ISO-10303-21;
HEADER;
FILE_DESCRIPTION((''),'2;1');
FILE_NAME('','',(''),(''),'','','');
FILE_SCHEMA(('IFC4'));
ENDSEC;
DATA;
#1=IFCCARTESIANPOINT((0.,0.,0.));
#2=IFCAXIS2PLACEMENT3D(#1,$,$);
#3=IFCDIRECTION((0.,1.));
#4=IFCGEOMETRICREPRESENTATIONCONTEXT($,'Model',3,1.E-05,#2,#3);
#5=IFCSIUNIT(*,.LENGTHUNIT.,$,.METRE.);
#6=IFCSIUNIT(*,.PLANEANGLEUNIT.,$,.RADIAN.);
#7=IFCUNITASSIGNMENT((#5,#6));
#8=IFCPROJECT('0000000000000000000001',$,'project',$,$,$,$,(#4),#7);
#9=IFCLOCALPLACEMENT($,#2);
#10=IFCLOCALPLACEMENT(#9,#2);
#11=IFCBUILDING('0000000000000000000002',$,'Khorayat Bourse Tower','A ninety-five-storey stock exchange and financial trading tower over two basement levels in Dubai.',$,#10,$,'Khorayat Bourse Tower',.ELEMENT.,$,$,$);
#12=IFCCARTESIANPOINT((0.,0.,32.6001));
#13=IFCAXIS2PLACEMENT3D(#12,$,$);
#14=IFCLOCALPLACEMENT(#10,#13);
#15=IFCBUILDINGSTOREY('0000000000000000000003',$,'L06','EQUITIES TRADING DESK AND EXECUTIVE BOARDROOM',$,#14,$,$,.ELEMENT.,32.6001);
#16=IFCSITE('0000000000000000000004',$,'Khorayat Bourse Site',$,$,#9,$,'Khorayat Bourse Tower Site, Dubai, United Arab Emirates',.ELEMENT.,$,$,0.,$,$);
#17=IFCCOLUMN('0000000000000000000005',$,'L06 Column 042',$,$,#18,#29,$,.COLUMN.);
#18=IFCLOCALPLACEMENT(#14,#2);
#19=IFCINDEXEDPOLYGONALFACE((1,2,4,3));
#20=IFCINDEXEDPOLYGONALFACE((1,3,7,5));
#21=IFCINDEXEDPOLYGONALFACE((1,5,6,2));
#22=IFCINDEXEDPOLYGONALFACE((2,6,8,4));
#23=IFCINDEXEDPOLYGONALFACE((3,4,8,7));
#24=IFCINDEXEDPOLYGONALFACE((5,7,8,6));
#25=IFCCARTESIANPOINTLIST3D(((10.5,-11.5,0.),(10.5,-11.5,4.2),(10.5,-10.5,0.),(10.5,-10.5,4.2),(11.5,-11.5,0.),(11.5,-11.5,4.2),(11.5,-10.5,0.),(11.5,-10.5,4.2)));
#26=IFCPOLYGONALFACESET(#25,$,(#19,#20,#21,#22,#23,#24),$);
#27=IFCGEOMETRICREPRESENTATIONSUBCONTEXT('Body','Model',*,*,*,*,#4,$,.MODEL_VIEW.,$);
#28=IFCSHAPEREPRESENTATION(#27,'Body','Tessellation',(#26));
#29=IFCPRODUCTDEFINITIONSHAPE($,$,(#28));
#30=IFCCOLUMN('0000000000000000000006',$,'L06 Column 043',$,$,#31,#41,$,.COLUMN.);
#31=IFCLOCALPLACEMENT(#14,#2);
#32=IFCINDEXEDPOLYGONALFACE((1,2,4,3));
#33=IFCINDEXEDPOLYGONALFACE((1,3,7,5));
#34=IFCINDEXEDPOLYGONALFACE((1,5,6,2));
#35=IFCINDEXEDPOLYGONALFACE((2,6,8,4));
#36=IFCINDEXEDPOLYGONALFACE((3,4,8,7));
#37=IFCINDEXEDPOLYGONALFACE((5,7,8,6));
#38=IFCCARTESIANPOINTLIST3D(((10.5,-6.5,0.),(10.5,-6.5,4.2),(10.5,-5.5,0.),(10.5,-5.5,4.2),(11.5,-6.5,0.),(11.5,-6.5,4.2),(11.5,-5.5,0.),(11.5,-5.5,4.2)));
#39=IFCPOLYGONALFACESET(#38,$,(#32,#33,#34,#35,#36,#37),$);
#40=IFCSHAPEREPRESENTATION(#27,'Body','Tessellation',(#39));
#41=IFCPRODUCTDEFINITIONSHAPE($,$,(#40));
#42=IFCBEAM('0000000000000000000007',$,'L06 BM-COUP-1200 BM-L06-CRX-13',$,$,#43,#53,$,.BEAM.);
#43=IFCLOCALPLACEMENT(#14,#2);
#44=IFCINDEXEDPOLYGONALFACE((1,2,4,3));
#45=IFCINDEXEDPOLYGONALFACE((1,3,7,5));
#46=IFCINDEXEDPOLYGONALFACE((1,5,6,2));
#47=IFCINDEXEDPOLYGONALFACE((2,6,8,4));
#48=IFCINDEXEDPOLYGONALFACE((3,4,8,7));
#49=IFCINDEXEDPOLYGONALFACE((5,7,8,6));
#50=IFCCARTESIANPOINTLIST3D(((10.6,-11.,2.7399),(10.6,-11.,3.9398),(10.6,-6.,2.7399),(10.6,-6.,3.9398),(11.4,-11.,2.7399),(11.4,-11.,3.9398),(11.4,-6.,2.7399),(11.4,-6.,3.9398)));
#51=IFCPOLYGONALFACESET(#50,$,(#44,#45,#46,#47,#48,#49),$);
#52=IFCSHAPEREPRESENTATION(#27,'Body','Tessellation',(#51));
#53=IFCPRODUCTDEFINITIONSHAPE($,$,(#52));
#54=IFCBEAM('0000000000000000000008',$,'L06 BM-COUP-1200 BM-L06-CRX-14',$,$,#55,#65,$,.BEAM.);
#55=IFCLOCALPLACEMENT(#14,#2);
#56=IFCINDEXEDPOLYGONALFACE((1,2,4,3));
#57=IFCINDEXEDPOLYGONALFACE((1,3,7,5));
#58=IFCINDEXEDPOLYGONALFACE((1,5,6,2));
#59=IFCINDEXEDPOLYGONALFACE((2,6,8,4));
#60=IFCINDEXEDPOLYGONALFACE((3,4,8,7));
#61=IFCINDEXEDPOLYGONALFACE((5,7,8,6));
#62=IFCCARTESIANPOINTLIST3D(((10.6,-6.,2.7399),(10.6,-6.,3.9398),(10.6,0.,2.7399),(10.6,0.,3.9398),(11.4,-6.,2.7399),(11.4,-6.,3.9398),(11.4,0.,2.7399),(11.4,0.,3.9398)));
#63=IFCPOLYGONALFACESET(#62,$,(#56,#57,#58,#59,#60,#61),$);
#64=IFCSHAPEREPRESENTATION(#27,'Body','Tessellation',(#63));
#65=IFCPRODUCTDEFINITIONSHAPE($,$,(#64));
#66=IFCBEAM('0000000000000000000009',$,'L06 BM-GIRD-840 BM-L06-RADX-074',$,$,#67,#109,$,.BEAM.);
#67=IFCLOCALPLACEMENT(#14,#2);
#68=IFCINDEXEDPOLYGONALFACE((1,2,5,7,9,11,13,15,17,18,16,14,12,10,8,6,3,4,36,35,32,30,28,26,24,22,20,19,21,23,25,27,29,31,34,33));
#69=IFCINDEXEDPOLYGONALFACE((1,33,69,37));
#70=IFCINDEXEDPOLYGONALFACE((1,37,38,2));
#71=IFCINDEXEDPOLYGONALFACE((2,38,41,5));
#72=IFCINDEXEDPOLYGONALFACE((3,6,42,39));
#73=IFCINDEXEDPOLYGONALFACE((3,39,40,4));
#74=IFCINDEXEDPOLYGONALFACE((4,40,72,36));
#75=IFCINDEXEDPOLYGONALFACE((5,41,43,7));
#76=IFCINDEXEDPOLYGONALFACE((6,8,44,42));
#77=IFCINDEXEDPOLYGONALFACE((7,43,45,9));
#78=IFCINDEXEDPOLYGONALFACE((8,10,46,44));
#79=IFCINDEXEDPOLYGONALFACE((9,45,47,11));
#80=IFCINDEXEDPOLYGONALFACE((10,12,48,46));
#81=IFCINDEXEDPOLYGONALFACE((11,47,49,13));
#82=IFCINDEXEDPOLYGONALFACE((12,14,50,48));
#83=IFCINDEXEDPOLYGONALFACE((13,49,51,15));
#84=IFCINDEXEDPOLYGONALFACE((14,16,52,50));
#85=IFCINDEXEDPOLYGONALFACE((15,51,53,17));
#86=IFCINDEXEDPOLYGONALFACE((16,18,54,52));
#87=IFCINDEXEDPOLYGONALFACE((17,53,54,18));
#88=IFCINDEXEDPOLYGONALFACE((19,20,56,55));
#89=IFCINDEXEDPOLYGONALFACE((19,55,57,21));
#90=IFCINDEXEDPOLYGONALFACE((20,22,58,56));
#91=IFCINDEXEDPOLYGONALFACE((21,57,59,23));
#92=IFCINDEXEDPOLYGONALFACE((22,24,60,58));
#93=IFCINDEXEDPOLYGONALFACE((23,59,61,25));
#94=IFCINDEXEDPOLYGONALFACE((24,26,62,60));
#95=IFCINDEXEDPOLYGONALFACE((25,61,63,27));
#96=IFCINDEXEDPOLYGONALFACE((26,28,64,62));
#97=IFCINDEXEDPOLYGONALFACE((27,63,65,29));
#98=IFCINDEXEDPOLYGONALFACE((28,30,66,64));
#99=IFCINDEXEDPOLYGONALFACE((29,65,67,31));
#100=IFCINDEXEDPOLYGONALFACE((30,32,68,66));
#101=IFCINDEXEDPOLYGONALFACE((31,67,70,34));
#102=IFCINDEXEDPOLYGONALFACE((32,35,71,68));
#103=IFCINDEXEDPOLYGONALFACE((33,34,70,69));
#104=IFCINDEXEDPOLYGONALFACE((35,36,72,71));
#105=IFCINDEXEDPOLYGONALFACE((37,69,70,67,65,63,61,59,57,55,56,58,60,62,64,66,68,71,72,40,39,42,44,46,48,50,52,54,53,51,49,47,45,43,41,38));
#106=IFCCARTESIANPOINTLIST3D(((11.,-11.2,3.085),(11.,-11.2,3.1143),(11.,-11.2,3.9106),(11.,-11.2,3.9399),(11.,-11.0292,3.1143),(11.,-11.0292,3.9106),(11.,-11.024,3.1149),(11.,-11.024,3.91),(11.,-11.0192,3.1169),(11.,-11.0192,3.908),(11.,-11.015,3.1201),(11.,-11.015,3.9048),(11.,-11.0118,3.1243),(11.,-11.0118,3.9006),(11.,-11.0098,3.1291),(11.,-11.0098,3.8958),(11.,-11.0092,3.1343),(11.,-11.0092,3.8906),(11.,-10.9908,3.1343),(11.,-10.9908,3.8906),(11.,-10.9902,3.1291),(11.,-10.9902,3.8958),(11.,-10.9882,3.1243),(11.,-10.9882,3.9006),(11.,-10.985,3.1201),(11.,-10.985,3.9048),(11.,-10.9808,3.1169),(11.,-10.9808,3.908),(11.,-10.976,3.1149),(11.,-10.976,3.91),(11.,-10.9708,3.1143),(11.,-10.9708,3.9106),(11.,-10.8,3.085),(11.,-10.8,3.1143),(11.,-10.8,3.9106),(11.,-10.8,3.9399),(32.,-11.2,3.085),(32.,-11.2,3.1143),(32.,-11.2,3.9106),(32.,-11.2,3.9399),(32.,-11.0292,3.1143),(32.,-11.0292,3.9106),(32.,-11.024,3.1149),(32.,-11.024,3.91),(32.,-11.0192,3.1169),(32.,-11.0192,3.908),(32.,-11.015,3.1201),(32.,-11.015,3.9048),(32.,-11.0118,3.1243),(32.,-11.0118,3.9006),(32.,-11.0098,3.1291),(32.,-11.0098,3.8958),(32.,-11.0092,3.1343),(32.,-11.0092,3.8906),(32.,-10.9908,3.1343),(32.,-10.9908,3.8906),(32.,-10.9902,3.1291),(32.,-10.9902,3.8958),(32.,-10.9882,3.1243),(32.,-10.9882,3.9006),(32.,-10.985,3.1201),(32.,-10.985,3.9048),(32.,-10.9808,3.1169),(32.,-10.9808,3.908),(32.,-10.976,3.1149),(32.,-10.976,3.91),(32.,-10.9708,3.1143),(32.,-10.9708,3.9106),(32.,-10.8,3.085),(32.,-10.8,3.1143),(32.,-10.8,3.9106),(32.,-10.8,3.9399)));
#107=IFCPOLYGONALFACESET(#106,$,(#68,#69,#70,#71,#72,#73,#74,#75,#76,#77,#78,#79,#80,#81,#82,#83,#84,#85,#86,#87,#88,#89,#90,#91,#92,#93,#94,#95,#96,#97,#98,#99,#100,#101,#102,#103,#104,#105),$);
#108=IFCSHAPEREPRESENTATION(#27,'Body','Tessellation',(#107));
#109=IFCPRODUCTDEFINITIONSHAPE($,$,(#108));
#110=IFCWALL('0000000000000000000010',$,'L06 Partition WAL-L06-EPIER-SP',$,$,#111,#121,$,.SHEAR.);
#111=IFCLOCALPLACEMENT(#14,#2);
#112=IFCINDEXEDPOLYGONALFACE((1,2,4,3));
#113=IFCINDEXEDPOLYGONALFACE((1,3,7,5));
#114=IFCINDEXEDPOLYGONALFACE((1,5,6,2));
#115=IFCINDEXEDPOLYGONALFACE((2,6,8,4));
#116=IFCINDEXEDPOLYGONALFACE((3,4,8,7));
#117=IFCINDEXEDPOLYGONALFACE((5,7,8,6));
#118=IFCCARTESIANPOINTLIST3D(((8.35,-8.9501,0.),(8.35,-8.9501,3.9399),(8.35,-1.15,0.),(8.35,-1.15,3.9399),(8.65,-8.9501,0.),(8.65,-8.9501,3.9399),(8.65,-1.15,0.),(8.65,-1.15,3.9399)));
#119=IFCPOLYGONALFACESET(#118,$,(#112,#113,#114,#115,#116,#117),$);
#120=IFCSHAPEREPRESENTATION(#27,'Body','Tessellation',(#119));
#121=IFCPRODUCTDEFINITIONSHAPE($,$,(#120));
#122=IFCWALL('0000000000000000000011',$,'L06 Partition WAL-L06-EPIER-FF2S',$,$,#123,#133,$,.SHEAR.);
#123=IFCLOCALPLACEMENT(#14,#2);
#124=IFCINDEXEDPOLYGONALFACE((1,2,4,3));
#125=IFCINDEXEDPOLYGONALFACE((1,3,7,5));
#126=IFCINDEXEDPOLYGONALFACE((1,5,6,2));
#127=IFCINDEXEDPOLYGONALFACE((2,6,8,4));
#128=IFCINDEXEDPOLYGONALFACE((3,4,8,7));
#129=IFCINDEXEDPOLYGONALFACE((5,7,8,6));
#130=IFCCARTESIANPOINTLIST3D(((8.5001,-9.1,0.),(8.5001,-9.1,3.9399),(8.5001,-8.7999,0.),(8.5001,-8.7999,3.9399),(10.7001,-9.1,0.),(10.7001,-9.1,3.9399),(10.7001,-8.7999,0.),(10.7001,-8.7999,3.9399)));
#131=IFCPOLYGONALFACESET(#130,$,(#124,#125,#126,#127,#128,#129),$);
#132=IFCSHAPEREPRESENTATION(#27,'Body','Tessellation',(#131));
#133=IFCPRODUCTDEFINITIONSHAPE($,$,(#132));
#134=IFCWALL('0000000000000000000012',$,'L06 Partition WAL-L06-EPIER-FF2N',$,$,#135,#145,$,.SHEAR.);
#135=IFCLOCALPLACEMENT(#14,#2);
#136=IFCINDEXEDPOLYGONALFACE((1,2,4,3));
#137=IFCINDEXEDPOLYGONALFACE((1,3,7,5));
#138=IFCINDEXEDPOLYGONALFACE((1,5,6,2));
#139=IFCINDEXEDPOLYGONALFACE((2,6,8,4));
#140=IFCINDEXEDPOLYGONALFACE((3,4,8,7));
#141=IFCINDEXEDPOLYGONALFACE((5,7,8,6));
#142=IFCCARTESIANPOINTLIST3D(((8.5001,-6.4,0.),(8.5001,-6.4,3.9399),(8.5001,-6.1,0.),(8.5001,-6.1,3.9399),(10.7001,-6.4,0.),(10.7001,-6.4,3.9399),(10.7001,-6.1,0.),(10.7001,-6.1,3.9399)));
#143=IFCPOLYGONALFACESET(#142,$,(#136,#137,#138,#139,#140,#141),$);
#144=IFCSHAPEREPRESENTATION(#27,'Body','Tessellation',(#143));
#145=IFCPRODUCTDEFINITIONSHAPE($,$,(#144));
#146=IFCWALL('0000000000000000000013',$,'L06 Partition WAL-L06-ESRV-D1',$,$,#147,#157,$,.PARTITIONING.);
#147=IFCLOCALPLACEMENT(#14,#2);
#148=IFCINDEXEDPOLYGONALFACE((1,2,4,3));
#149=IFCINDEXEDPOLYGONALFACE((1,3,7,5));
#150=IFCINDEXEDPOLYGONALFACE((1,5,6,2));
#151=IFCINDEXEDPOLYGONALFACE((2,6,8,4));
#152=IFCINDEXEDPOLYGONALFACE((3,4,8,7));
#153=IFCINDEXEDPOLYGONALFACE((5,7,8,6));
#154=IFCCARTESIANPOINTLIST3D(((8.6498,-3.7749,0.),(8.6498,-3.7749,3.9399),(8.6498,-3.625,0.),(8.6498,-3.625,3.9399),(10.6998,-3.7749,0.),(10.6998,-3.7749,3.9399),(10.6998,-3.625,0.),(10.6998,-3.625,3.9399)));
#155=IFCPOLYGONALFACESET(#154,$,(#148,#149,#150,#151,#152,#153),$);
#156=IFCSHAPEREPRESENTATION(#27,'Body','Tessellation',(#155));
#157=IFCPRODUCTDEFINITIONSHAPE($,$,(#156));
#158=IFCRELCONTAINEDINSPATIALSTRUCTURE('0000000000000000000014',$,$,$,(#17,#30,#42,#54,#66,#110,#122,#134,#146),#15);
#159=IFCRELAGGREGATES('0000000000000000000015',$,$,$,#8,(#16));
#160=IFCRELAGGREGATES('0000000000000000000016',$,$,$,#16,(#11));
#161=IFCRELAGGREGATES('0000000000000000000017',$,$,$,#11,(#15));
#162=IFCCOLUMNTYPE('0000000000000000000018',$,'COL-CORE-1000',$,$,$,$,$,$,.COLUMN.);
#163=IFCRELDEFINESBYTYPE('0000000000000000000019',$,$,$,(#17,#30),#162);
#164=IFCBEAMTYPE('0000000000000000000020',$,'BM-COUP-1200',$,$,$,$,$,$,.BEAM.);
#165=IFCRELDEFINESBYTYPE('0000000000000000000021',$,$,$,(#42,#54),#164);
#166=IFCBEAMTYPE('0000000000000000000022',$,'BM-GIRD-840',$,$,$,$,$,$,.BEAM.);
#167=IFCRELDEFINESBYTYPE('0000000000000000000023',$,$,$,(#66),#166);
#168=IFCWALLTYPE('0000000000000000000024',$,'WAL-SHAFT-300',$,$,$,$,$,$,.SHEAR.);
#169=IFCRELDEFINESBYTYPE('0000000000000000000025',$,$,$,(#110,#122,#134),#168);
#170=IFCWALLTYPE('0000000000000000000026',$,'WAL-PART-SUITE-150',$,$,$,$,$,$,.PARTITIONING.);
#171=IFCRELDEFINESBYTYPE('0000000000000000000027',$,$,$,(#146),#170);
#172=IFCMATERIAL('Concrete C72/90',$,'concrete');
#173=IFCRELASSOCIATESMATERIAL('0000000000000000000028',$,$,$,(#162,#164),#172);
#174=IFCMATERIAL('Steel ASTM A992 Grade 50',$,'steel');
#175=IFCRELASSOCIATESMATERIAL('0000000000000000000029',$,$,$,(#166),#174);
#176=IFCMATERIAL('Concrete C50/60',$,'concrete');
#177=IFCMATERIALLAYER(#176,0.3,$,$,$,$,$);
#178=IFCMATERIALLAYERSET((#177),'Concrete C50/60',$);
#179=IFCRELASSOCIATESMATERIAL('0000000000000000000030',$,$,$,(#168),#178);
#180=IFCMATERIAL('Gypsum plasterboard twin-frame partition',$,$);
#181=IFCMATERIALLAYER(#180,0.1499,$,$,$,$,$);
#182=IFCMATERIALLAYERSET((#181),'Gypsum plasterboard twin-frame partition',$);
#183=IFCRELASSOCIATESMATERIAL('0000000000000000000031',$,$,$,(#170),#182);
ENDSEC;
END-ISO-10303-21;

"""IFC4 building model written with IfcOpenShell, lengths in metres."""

from ifc_helpers import new_model, si_unit, direction, frame, frame_2d, origin, origin_2d, place, context, subcontext, project, spatial, rectangle, i_section, extrude, source, transform, mapped, material, layer, layer_set, material_profile, profile_set, type_object, element, save


model = new_model("IFC4")

# Units and contexts
model_context = context("Model", 3, precision=1e-05, world=origin(), true_north=direction((0.0, 1.0)))
body_context = subcontext(model_context, "Body", "Model", "MODEL_VIEW")
ifc_project = project(units=[si_unit("LENGTHUNIT", "METRE"), si_unit("PLANEANGLEUNIT", "RADIAN")], contexts=[model_context])

# Site, building, storey
site_placement = place(None, origin())
site = spatial("IfcSite", under=ifc_project, at=site_placement, Name="Khorayat Bourse Site", LongName="Khorayat Bourse Tower Site, Dubai, United Arab Emirates", CompositionType="ELEMENT", RefElevation=0.0)
building_placement = place(site_placement, origin())
building = spatial("IfcBuilding", under=site, at=building_placement, Name="Khorayat Bourse Tower", Description="A ninety-five-storey stock exchange and financial trading tower over two basement levels in Dubai.", LongName="Khorayat Bourse Tower", CompositionType="ELEMENT")
storey_placement = place(building_placement, frame((0.0, 0.0, 32.6001)))
storey = spatial("IfcBuildingStorey", under=building, at=storey_placement, Name="L06", Description="EQUITIES TRADING DESK AND EXECUTIVE BOARDROOM", CompositionType="ELEMENT", Elevation=32.6001)

# Columns
ifc_material_1 = material(Name="Concrete C72/90", Category="concrete")
ifc_material_profile_1 = material_profile(ifc_material_1, rectangle(XDim=1.0, YDim=1.0, at=origin_2d()), Name="RC 1000x1000")
ifc_profile_set_1 = profile_set([ifc_material_profile_1], Name="Concrete C72/90")
column_type = type_object("IfcColumnType", Name="COL-CORE-1000", PredefinedType="COLUMN", material=ifc_profile_set_1)
shared_shape_1 = source(origin(), body_context, "Body", "SweptSolid", [
    extrude(rectangle(XDim=1.0, YDim=1.0, at=origin_2d()), origin(), (0.0, 0.0, 1.0), 4.2),
])
for number, where, z_axis, x_axis, name in (
    (1, (11.0, -11.0, 0.0), (0.0, 0.0, 1.0), (1.0, 0.0, 0.0), "L06 Column 042"),
    (2, (11.0, -6.0, 0.0), (0.0, 0.0, 1.0), (1.0, 0.0, 0.0), "L06 Column 043"),
):
    element("IfcColumn", number, at=place(storey_placement, frame(where, z_axis=z_axis, x_axis=x_axis)), inside=storey, type_object=column_type, Name=name, PredefinedType="COLUMN", context=body_context, shape_type="MappedRepresentation", body=[
        mapped(shared_shape_1, transform((0.0, 0.0, 0.0), scale=1.0)),
    ])

# Beams
ifc_material_profile_2 = material_profile(ifc_material_1, rectangle(XDim=0.8, YDim=1.2, at=origin_2d()), Name="RC 800x1200")
ifc_profile_set_2 = profile_set([ifc_material_profile_2], Name="Concrete C72/90")
beam_type_1 = type_object("IfcBeamType", Name="BM-COUP-1200", PredefinedType="BEAM", material=ifc_profile_set_2)
shared_shape_2 = source(origin(), body_context, "Body", "SweptSolid", [
    extrude(rectangle(XDim=0.8, YDim=1.2, at=origin_2d()), origin(), (0.0, 0.0, 1.0), 5.0),
])
beam_1_placement = place(storey_placement, frame((11.0, -11.0, 3.3398), z_axis=(0.0, 1.0, 0.0), x_axis=(-1.0, 0.0, 0.0)))
element("IfcBeam", 3, at=beam_1_placement, inside=storey, type_object=beam_type_1, Name="L06 BM-COUP-1200 BM-L06-CRX-13", PredefinedType="BEAM", context=body_context, shape_type="MappedRepresentation", body=[
    mapped(shared_shape_2, transform((0.0, 0.0, 0.0), scale=1.0)),
])
shared_shape_3 = source(origin(), body_context, "Body", "SweptSolid", [
    extrude(rectangle(XDim=0.8, YDim=1.2, at=origin_2d()), origin(), (0.0, 0.0, 1.0), 6.0),
])
beam_2_placement = place(storey_placement, frame((11.0, -6.0, 3.3398), z_axis=(0.0, 1.0, 0.0), x_axis=(-1.0, 0.0, 0.0)))
element("IfcBeam", 4, at=beam_2_placement, inside=storey, type_object=beam_type_1, Name="L06 BM-COUP-1200 BM-L06-CRX-14", PredefinedType="BEAM", context=body_context, shape_type="MappedRepresentation", body=[
    mapped(shared_shape_3, transform((0.0, 0.0, 0.0), scale=1.0)),
])
ifc_material_2 = material(Name="Steel ASTM A992 Grade 50", Category="steel")
ifc_material_profile_3 = material_profile(ifc_material_2, i_section(OverallWidth=0.3999, OverallDepth=0.855, WebThickness=0.0183, FlangeThickness=0.0293, FilletRadius=0.02, at=origin_2d()), Name="W840X299")
ifc_profile_set_3 = profile_set([ifc_material_profile_3], Name="Steel ASTM A992 Grade 50")
beam_type_2 = type_object("IfcBeamType", Name="BM-GIRD-840", PredefinedType="BEAM", material=ifc_profile_set_3)
shared_shape_4 = source(origin(), body_context, "Body", "SweptSolid", [
    extrude(i_section(OverallWidth=0.3999, OverallDepth=0.855, WebThickness=0.0183, FlangeThickness=0.0293, FilletRadius=0.02, at=origin_2d()), origin(), (0.0, 0.0, 1.0), 21.0),
])
beam_3_placement = place(storey_placement, frame((11.0, -11.0, 3.5125), z_axis=(1.0, 0.0, 0.0), x_axis=(0.0, 1.0, 0.0)))
element("IfcBeam", 5, at=beam_3_placement, inside=storey, type_object=beam_type_2, Name="L06 BM-GIRD-840 BM-L06-RADX-074", PredefinedType="BEAM", context=body_context, shape_type="MappedRepresentation", body=[
    mapped(shared_shape_4, transform((0.0, 0.0, 0.0), scale=1.0)),
])

# Walls
ifc_material_3 = material(Name="Concrete C50/60", Category="concrete")
ifc_layer_1 = layer(ifc_material_3, 0.3)
ifc_layer_set_1 = layer_set([ifc_layer_1], Name="Concrete C50/60")
wall_type_1 = type_object("IfcWallType", Name="WAL-SHAFT-300", PredefinedType="SHEAR", material=ifc_layer_set_1)
shared_shape_5 = source(origin(), body_context, "Body", "SweptSolid", [
    extrude(rectangle(XDim=7.8, YDim=0.3, at=frame_2d((3.8999, 0.0))), origin(), (0.0, 0.0, 1.0), 3.9399),
])
wall_1_placement = place(storey_placement, frame((8.5, -8.95, 0.0), z_axis=(0.0, 0.0, 1.0), x_axis=(0.0, 1.0, 0.0)))
element("IfcWall", 6, at=wall_1_placement, inside=storey, type_object=wall_type_1, Name="L06 Partition WAL-L06-EPIER-SP", PredefinedType="SHEAR", context=body_context, shape_type="MappedRepresentation", body=[
    mapped(shared_shape_5, transform((0.0, 0.0, 0.0), scale=1.0)),
])
shared_shape_6 = source(origin(), body_context, "Body", "SweptSolid", [
    extrude(rectangle(XDim=2.2, YDim=0.3, at=frame_2d((1.1001, 0.0))), origin(), (0.0, 0.0, 1.0), 3.9399),
])
for number, where, z_axis, x_axis, name in (
    (7, (8.5, -8.95, 0.0), (0.0, 0.0, 1.0), (1.0, 0.0, 0.0), "L06 Partition WAL-L06-EPIER-FF2S"),
    (8, (8.5, -6.25, 0.0), (0.0, 0.0, 1.0), (1.0, 0.0, 0.0), "L06 Partition WAL-L06-EPIER-FF2N"),
):
    element("IfcWall", number, at=place(storey_placement, frame(where, z_axis=z_axis, x_axis=x_axis)), inside=storey, type_object=wall_type_1, Name=name, PredefinedType="SHEAR", context=body_context, shape_type="MappedRepresentation", body=[
        mapped(shared_shape_6, transform((0.0, 0.0, 0.0), scale=1.0)),
    ])
ifc_material_4 = material(Name="Gypsum plasterboard twin-frame partition")
ifc_layer_2 = layer(ifc_material_4, 0.1499)
ifc_layer_set_2 = layer_set([ifc_layer_2], Name="Gypsum plasterboard twin-frame partition")
wall_type_2 = type_object("IfcWallType", Name="WAL-PART-SUITE-150", PredefinedType="PARTITIONING", material=ifc_layer_set_2)
shared_shape_7 = source(origin(), body_context, "Body", "SweptSolid", [
    extrude(rectangle(XDim=2.05, YDim=0.1499, at=frame_2d((1.0249, 0.0))), origin(), (0.0, 0.0, 1.0), 3.9399),
])
wall_2_placement = place(storey_placement, frame((8.6499, -3.7, 0.0), z_axis=(0.0, 0.0, 1.0), x_axis=(1.0, 0.0, 0.0)))
element("IfcWall", 9, at=wall_2_placement, inside=storey, type_object=wall_type_2, Name="L06 Partition WAL-L06-ESRV-D1", PredefinedType="PARTITIONING", context=body_context, shape_type="MappedRepresentation", body=[
    mapped(shared_shape_7, transform((0.0, 0.0, 0.0), scale=1.0)),
])

save(model, "model.ifc")
